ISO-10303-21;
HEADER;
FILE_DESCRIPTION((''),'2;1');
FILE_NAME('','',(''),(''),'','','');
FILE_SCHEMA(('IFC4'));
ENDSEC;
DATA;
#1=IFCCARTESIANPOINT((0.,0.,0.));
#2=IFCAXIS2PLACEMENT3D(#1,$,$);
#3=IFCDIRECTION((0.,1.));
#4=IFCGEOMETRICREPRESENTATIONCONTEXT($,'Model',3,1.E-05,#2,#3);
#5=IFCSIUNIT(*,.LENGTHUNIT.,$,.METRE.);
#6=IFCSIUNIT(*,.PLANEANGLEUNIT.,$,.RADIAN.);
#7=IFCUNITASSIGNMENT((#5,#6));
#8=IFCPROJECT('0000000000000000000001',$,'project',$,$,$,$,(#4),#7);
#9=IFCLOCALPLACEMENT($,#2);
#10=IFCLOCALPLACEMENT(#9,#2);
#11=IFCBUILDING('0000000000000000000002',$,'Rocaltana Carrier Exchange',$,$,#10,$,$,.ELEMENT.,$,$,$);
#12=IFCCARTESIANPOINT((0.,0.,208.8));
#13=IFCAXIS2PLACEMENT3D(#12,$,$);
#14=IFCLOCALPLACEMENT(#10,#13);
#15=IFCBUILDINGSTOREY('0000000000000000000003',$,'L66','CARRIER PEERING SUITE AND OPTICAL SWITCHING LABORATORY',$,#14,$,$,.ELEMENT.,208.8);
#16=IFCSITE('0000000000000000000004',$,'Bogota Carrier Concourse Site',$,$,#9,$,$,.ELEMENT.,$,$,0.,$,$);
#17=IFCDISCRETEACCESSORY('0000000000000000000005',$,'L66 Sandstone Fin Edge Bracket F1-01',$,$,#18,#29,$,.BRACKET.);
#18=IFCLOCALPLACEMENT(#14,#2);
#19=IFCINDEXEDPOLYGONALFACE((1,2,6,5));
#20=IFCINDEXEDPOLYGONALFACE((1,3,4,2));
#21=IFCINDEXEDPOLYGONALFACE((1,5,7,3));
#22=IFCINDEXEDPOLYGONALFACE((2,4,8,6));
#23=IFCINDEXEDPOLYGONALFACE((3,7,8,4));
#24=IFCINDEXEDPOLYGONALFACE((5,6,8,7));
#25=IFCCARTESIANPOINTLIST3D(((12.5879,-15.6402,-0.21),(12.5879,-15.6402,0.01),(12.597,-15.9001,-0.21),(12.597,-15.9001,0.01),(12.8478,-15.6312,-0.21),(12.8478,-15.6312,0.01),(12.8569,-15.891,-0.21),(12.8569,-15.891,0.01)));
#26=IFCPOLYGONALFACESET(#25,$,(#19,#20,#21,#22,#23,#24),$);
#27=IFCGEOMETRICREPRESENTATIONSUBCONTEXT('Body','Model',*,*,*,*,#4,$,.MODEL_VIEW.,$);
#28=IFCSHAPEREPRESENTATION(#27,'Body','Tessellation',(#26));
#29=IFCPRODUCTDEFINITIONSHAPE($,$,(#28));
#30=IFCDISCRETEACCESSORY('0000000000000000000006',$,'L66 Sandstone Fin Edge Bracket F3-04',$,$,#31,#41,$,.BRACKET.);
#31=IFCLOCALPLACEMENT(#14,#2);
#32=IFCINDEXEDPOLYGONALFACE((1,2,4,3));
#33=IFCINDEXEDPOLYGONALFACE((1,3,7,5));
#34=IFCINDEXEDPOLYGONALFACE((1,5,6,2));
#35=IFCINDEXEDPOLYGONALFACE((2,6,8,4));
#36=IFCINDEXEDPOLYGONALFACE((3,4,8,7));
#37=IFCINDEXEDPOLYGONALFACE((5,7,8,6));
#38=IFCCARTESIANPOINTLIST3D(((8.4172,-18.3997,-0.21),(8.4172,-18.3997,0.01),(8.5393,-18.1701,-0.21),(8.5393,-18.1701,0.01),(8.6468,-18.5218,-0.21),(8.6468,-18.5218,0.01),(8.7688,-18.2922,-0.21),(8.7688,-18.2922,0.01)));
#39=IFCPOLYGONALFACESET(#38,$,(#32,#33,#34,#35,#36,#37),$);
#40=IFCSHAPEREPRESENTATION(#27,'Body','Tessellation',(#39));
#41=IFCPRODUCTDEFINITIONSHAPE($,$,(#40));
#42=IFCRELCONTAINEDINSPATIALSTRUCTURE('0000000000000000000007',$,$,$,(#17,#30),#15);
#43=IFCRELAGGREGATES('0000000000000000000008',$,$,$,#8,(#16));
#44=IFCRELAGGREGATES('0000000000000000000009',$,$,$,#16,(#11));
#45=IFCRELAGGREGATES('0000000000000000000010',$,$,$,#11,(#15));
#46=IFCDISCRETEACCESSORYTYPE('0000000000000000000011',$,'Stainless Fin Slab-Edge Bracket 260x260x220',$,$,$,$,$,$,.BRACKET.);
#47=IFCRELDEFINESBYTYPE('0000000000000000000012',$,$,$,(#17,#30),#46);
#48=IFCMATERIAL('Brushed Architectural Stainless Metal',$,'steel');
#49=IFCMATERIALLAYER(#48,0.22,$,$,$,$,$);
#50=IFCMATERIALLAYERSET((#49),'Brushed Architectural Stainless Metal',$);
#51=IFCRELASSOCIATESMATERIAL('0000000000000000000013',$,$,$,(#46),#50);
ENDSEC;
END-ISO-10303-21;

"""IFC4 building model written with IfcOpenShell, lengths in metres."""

from ifc_helpers import new_model, si_unit, direction, frame, origin, origin_2d, place, context, subcontext, project, spatial, rectangle, extrude, material, layer, layer_set, type_object, element, save


model = new_model("IFC4")

# Units and contexts
model_context = context("Model", 3, precision=1e-05, world=origin(), true_north=direction((0.0, 1.0)))
body_context = subcontext(model_context, "Body", "Model", "MODEL_VIEW")
ifc_project = project(units=[si_unit("LENGTHUNIT", "METRE"), si_unit("PLANEANGLEUNIT", "RADIAN")], contexts=[model_context])

# Site, building, storey
site_placement = place(None, origin())
site = spatial("IfcSite", under=ifc_project, at=site_placement, Name="Bogota Carrier Concourse Site", CompositionType="ELEMENT", RefElevation=0.0)
building_placement = place(site_placement, origin())
building = spatial("IfcBuilding", under=site, at=building_placement, Name="Rocaltana Carrier Exchange", CompositionType="ELEMENT")
storey_placement = place(building_placement, frame((0.0, 0.0, 208.8)))
storey = spatial("IfcBuildingStorey", under=building, at=storey_placement, Name="L66", Description="CARRIER PEERING SUITE AND OPTICAL SWITCHING LABORATORY", CompositionType="ELEMENT", Elevation=208.8)

# Discrete accessories
ifc_material_1 = material(Name="Brushed Architectural Stainless Metal", Category="steel")
ifc_layer_1 = layer(ifc_material_1, 0.22)
ifc_layer_set_1 = layer_set([ifc_layer_1], Name="Brushed Architectural Stainless Metal")
discrete_accessory_type = type_object("IfcDiscreteAccessoryType", Name="Stainless Fin Slab-Edge Bracket 260x260x220", PredefinedType="BRACKET", material=ifc_layer_set_1)
for number, where, z_axis, x_axis, name in (
    (1, (12.7224, -15.7656, -0.21), (0.0, 0.0, 1.0), (-0.034899, 0.999391, 0.0), "L66 Sandstone Fin Edge Bracket F1-01"),
    (2, (8.593, -18.3459, -0.21), (0.0, 0.0, 1.0), (0.882948, -0.469472, 0.0), "L66 Sandstone Fin Edge Bracket F3-04"),
):
    element("IfcDiscreteAccessory", number, at=place(storey_placement, frame(where, z_axis=z_axis, x_axis=x_axis)), inside=storey, type_object=discrete_accessory_type, Name=name, PredefinedType="BRACKET", context=body_context, shape_type="SweptSolid", body=[
        extrude(rectangle(XDim=0.26, YDim=0.26, at=origin_2d()), origin(), (0.0, 0.0, 1.0), 0.22),
    ])

save(model, "model.ifc")
